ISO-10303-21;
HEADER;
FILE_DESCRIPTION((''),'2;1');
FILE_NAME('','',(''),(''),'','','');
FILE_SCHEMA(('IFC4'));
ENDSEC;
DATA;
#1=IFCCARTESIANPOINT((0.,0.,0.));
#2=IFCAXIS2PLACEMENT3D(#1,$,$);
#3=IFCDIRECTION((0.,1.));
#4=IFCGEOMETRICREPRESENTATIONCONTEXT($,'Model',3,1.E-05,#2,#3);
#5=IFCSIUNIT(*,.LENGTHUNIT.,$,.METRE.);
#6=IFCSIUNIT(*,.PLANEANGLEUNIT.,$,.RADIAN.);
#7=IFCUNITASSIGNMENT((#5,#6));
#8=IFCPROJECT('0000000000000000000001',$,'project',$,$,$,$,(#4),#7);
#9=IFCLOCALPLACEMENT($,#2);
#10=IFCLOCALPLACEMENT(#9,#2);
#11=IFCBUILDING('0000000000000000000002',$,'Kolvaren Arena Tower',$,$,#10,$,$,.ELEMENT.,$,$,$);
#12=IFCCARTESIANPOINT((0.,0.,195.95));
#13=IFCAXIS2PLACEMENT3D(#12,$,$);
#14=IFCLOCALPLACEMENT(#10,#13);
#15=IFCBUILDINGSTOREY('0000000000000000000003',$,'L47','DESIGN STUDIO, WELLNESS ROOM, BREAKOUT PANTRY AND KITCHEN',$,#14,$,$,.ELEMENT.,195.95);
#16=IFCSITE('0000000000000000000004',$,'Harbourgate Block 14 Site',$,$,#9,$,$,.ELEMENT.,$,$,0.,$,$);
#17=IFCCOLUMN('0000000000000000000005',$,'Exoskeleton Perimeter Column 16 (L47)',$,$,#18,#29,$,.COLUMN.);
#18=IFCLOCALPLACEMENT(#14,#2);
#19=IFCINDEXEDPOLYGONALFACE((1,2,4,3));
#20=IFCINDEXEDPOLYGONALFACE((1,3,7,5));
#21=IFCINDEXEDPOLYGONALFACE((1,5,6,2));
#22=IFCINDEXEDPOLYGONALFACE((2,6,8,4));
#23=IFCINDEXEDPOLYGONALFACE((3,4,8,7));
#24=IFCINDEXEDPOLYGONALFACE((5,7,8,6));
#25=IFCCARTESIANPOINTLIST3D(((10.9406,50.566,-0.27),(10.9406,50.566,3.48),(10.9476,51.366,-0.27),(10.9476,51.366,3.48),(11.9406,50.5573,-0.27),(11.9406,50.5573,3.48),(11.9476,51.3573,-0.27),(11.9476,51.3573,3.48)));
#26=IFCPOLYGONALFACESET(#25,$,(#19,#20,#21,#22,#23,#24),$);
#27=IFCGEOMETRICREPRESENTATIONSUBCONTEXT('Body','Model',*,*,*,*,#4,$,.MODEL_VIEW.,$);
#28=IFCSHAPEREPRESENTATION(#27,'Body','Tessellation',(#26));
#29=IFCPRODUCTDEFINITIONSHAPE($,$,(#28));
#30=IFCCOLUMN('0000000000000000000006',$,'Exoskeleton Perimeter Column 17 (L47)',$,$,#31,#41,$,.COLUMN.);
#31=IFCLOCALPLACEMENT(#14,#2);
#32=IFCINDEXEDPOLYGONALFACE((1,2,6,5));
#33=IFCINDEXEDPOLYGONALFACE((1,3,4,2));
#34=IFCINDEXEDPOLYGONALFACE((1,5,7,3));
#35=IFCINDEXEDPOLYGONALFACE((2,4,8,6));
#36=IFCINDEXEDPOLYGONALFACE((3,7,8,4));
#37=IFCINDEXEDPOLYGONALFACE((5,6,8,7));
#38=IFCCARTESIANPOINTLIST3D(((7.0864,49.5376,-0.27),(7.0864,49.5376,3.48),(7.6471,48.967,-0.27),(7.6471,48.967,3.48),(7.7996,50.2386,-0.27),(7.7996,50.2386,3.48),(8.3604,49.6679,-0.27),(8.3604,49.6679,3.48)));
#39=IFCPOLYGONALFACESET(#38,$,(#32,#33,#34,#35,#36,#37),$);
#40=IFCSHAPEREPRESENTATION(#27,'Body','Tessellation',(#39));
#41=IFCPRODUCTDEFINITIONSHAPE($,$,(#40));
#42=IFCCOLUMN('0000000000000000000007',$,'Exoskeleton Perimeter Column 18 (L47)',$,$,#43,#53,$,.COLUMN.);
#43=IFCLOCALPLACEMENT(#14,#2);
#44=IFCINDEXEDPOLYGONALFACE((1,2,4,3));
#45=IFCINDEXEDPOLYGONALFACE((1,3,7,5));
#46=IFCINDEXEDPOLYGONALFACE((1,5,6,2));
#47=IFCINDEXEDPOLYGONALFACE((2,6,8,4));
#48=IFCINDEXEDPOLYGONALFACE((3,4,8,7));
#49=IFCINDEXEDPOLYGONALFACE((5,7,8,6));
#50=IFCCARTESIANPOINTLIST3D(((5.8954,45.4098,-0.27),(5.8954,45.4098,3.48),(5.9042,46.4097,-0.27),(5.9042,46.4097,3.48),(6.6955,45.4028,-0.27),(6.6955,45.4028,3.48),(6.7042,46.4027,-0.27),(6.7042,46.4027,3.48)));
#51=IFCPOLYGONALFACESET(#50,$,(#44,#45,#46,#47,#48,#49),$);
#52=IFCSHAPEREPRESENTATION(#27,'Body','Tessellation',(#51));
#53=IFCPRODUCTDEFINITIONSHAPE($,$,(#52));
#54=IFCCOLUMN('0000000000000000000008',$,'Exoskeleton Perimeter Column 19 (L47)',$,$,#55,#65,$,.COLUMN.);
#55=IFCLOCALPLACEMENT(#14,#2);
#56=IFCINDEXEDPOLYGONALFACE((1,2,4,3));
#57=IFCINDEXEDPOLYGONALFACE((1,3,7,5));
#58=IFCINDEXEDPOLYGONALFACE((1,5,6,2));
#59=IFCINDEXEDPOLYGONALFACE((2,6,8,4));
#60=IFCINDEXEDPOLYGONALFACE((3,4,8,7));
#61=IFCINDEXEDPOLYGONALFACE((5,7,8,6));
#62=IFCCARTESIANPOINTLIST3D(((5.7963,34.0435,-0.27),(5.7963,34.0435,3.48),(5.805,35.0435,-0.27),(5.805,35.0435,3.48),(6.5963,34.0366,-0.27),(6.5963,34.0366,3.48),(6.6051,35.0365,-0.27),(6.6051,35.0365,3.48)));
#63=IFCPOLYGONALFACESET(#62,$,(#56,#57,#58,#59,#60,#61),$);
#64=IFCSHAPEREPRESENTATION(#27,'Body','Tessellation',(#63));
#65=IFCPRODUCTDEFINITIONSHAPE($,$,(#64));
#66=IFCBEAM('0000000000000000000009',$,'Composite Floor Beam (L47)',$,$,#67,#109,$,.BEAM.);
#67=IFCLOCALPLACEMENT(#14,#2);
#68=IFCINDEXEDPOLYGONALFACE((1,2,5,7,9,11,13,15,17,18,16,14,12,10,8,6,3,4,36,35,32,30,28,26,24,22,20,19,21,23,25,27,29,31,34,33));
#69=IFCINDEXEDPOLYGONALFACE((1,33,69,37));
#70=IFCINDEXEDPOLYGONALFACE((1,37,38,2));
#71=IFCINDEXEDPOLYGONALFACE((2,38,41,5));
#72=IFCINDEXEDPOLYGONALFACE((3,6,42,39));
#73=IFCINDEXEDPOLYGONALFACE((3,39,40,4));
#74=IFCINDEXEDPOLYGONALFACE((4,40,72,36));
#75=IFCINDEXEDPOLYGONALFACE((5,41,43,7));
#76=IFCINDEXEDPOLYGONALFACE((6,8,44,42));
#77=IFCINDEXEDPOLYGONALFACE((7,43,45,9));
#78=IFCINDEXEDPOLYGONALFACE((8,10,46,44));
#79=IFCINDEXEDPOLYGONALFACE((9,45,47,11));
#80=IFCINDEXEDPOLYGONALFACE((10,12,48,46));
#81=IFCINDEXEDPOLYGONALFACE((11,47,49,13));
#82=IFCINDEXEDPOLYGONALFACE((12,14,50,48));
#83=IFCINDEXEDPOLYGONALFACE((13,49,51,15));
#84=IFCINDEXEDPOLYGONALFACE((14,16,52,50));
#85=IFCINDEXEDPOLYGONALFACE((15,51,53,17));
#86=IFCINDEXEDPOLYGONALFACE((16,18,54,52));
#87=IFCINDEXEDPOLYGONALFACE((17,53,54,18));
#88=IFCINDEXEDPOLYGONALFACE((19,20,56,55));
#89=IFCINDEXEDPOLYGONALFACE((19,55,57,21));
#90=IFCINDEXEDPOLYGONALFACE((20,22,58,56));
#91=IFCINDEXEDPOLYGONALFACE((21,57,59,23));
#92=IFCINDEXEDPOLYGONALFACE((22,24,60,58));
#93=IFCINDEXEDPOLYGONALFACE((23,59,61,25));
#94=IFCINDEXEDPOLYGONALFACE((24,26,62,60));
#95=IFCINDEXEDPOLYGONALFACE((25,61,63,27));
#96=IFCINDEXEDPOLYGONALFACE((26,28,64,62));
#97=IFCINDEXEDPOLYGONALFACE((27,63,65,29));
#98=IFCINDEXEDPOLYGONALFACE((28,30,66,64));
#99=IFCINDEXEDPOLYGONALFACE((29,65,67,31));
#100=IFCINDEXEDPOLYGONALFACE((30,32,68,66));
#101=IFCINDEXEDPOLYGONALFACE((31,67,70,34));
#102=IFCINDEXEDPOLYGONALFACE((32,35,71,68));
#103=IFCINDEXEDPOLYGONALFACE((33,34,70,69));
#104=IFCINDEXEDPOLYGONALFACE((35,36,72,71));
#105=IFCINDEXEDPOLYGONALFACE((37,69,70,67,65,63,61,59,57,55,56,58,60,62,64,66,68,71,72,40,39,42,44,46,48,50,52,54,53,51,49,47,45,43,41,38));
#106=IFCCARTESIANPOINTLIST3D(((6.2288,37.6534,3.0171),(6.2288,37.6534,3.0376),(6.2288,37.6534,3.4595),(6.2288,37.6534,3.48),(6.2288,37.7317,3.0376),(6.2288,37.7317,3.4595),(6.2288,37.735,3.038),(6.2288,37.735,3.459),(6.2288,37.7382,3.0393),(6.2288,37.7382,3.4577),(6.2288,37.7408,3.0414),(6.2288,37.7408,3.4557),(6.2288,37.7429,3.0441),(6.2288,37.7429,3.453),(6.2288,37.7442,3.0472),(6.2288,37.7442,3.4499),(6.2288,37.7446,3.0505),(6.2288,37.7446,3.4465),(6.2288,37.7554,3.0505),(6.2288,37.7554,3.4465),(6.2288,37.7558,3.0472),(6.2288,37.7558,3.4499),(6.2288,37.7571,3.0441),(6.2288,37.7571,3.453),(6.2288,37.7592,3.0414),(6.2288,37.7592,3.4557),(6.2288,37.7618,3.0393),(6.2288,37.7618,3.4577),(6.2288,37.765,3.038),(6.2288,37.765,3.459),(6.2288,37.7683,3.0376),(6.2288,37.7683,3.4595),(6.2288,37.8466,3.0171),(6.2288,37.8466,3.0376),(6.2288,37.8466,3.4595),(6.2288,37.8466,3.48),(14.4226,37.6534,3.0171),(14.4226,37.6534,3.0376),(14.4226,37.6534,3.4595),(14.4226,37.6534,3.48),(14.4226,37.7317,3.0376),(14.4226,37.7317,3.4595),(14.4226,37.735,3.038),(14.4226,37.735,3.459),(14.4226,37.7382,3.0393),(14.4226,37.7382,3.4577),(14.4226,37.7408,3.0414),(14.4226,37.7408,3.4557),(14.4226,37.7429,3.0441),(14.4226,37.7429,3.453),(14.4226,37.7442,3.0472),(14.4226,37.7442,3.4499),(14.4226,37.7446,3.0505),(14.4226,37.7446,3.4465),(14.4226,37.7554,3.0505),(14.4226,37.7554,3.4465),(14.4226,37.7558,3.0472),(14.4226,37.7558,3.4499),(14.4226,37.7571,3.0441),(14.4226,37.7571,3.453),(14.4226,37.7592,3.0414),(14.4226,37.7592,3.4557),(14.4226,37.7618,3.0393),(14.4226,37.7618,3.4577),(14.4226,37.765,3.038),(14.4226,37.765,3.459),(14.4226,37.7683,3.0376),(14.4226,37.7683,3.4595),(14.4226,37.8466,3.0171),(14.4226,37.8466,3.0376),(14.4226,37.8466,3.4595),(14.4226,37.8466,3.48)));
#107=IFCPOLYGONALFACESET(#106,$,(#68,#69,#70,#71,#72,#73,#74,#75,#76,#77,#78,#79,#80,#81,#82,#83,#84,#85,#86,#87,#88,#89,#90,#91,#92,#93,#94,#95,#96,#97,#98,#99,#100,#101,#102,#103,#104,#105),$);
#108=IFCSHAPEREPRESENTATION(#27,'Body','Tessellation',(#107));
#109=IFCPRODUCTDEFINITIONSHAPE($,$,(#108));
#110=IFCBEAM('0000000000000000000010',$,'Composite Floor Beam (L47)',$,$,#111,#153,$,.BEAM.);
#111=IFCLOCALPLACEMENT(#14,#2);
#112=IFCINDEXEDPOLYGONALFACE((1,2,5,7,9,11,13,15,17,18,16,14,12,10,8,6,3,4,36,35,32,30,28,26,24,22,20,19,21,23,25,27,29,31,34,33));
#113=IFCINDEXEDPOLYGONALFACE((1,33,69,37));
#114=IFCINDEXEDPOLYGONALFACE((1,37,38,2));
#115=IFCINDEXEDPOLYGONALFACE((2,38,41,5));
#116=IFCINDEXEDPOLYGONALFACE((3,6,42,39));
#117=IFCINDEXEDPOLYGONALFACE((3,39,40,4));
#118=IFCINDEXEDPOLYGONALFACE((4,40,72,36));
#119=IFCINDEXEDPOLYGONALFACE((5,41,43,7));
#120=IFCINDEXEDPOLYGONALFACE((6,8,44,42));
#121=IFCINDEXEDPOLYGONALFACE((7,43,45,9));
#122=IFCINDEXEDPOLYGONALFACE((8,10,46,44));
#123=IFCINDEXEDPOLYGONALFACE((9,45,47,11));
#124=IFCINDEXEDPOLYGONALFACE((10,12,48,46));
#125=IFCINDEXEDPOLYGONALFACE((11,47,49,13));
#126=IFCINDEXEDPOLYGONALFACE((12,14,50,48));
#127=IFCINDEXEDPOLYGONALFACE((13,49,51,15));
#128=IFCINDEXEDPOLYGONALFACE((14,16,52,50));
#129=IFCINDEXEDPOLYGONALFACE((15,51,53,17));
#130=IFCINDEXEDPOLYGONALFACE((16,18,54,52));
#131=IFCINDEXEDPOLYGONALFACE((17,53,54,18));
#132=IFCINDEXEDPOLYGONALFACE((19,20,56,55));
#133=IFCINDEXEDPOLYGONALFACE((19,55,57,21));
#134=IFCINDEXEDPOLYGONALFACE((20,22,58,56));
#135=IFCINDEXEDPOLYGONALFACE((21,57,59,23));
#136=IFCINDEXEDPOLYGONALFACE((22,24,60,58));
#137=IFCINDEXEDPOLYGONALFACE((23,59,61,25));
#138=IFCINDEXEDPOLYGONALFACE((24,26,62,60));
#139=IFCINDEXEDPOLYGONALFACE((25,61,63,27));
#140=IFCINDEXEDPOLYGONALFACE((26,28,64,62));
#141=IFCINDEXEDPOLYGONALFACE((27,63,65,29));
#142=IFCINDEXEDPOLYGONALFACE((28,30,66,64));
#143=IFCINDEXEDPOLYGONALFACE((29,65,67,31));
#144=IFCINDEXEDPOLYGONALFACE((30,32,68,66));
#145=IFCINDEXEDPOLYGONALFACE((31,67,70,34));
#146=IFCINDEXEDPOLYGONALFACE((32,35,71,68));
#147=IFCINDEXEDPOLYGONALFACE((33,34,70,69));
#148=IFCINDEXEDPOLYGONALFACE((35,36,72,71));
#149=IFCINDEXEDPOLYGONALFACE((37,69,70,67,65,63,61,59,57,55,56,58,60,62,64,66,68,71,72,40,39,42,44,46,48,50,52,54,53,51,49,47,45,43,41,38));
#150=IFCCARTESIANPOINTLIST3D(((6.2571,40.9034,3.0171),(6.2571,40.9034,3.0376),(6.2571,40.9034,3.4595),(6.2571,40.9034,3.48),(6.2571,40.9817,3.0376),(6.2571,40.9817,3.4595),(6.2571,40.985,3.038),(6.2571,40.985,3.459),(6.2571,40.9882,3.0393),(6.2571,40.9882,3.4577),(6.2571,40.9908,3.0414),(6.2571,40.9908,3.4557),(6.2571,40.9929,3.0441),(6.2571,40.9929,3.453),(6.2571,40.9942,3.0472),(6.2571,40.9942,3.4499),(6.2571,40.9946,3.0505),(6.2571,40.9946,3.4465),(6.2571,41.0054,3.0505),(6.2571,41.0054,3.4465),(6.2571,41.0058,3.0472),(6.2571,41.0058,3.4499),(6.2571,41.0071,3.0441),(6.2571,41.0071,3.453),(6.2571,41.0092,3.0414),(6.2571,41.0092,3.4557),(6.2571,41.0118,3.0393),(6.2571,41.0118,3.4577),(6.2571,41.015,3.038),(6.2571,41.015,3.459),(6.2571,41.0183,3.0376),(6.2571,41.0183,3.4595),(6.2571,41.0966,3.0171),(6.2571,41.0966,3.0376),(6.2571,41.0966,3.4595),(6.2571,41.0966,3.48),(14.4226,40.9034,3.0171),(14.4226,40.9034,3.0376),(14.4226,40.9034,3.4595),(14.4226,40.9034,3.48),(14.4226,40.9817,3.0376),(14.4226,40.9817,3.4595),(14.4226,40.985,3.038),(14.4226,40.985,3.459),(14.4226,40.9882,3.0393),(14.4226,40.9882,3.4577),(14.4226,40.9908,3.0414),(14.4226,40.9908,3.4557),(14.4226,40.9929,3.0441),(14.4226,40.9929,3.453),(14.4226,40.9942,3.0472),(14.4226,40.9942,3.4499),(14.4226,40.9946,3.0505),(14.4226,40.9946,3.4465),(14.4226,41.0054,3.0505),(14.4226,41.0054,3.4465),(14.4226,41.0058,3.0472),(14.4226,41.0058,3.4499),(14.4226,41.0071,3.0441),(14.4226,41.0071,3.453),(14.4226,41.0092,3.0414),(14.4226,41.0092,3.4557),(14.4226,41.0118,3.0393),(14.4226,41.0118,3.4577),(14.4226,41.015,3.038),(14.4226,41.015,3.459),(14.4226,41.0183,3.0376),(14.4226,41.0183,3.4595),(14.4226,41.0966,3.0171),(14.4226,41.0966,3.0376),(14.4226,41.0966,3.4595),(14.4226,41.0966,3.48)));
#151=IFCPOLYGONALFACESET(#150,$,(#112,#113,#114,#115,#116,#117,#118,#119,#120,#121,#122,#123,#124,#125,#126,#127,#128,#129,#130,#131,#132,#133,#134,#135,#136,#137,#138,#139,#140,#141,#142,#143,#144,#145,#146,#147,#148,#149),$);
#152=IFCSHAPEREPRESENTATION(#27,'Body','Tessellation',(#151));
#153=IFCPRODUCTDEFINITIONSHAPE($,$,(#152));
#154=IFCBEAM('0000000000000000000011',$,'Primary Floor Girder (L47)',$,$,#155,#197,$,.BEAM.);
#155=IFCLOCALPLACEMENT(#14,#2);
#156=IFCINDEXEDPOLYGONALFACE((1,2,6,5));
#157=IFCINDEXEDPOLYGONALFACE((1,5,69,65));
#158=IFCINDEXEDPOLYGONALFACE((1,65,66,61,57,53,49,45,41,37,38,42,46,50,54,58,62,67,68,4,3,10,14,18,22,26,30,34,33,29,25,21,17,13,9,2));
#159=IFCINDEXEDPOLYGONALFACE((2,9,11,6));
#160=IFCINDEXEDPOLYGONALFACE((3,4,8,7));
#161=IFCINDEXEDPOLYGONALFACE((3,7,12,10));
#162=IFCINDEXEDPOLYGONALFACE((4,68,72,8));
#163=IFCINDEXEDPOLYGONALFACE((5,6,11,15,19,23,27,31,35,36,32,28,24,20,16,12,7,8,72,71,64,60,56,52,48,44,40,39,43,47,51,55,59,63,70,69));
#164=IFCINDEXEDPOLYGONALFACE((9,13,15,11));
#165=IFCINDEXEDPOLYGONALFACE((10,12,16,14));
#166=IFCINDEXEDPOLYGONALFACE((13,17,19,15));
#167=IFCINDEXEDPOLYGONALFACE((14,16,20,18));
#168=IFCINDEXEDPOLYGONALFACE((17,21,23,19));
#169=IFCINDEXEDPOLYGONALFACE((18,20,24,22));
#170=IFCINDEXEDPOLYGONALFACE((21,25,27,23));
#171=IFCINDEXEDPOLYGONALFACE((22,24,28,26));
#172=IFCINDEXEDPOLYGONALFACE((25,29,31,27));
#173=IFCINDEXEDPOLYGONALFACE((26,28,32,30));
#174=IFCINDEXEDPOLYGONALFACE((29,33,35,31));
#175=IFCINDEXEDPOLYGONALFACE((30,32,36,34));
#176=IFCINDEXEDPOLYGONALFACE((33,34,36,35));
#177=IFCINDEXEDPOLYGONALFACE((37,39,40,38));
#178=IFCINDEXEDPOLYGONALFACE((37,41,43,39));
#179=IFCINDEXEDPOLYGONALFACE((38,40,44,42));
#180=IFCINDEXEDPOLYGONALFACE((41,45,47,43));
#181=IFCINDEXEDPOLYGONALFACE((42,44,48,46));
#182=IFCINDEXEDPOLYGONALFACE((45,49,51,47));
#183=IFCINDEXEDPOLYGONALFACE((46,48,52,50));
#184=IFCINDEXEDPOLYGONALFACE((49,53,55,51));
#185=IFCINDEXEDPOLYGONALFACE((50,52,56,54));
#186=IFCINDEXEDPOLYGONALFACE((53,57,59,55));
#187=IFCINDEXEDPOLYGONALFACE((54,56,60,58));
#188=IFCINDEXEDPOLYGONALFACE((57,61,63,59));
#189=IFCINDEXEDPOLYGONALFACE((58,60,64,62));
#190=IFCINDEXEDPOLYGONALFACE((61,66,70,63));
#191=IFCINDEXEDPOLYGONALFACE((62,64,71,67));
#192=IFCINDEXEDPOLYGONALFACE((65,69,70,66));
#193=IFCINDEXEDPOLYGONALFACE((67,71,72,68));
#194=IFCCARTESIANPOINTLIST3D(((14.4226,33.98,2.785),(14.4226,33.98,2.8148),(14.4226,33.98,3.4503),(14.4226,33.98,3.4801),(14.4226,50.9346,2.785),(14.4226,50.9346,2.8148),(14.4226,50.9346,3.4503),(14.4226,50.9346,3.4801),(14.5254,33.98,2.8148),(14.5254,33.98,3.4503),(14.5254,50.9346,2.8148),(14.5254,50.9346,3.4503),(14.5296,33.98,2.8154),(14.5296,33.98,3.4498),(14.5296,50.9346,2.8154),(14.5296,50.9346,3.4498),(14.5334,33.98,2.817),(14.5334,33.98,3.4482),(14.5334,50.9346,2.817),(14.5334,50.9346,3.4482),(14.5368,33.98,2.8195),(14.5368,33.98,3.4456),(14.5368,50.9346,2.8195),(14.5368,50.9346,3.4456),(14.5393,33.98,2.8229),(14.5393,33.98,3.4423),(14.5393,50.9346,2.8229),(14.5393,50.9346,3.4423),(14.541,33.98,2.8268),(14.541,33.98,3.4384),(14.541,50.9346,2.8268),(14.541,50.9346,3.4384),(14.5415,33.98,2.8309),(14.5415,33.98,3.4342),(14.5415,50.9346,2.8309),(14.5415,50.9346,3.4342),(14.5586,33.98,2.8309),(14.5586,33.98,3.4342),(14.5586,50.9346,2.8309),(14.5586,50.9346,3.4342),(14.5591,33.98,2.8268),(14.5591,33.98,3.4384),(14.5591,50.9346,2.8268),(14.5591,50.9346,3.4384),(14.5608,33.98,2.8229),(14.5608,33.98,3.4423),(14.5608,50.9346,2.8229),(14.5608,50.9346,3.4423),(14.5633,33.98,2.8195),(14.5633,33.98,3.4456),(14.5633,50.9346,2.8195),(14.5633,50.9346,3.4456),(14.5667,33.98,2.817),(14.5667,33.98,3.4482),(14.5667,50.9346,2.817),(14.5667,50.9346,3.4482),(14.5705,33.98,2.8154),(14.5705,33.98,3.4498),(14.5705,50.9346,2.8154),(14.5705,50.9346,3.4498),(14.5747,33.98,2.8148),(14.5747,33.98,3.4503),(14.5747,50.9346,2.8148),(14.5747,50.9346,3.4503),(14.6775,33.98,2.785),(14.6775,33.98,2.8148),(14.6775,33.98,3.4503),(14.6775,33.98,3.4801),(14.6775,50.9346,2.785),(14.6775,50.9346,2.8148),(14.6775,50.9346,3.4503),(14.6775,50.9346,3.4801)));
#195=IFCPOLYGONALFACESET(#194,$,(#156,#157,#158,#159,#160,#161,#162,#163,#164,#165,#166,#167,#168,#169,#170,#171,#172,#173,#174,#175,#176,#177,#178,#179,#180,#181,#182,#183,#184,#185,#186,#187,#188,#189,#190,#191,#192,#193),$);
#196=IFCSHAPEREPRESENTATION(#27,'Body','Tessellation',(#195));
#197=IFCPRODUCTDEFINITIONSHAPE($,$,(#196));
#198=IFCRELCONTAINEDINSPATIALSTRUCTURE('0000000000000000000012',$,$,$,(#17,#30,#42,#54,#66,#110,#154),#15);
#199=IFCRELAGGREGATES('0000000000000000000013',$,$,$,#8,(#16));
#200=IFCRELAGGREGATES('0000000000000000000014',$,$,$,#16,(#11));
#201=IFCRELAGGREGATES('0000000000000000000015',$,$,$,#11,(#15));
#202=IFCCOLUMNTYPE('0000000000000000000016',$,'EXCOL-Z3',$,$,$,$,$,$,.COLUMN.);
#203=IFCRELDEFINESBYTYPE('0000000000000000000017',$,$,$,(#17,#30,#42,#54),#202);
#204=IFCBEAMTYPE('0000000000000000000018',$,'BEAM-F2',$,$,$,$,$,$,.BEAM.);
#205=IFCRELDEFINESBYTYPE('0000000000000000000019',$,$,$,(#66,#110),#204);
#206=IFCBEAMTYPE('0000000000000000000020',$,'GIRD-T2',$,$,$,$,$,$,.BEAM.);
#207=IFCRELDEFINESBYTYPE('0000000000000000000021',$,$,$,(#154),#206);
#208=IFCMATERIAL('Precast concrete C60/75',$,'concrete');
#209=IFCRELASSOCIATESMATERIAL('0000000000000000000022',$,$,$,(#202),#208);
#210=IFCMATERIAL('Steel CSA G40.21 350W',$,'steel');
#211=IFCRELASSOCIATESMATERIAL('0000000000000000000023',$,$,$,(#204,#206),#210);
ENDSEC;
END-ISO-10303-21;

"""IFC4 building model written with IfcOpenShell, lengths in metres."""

from ifc_helpers import new_model, si_unit, direction, frame, origin, origin_2d, place, context, subcontext, project, spatial, rectangle, i_section, extrude, material, material_profile, profile_set, type_object, element, save


model = new_model("IFC4")

# Units and contexts
model_context = context("Model", 3, precision=1e-05, world=origin(), true_north=direction((0.0, 1.0)))
body_context = subcontext(model_context, "Body", "Model", "MODEL_VIEW")
ifc_project = project(units=[si_unit("LENGTHUNIT", "METRE"), si_unit("PLANEANGLEUNIT", "RADIAN")], contexts=[model_context])

# Site, building, storey
site_placement = place(None, origin())
site = spatial("IfcSite", under=ifc_project, at=site_placement, Name="Harbourgate Block 14 Site", CompositionType="ELEMENT", RefElevation=0.0)
building_placement = place(site_placement, origin())
building = spatial("IfcBuilding", under=site, at=building_placement, Name="Kolvaren Arena Tower", CompositionType="ELEMENT")
storey_placement = place(building_placement, frame((0.0, 0.0, 195.95)))
storey = spatial("IfcBuildingStorey", under=building, at=storey_placement, Name="L47", Description="DESIGN STUDIO, WELLNESS ROOM, BREAKOUT PANTRY AND KITCHEN", CompositionType="ELEMENT", Elevation=195.95)

# Columns
ifc_material_1 = material(Name="Precast concrete C60/75", Category="concrete")
ifc_material_profile_1 = material_profile(ifc_material_1, rectangle(XDim=1.0, YDim=0.8, at=origin_2d()), Name="RC-1000x800")
ifc_profile_set_1 = profile_set([ifc_material_profile_1], Name="Precast concrete C60/75")
column_type = type_object("IfcColumnType", Name="EXCOL-Z3", PredefinedType="COLUMN", material=ifc_profile_set_1)
for number, where, z_axis, x_axis, name in (
    (1, (11.4441, 50.9617, -0.27), (0.0, 0.0, 1.0), (0.999962, -0.008727, 0.0), "Exoskeleton Perimeter Column 16 (L47)"),
    (2, (7.7234, 49.6028, -0.27), (0.0, 0.0, 1.0), (0.71325, 0.700909, 0.0), "Exoskeleton Perimeter Column 17 (L47)"),
    (3, (6.2998, 45.9062, -0.27), (0.0, 0.0, 1.0), (0.008727, 0.999962, 0.0), "Exoskeleton Perimeter Column 18 (L47)"),
    (4, (6.2007, 34.54, -0.27), (0.0, 0.0, 1.0), (0.008727, 0.999962, 0.0), "Exoskeleton Perimeter Column 19 (L47)"),
):
    element("IfcColumn", number, at=place(storey_placement, frame(where, z_axis=z_axis, x_axis=x_axis)), inside=storey, type_object=column_type, Name=name, PredefinedType="COLUMN", context=body_context, shape_type="SweptSolid", body=[
        extrude(rectangle(XDim=1.0, YDim=0.8, at=origin_2d()), origin(), (0.0, 0.0, 1.0), 3.75),
    ])

# Beams
ifc_material_2 = material(Name="Steel CSA G40.21 350W", Category="steel")
ifc_material_profile_2 = material_profile(ifc_material_2, i_section(OverallWidth=0.1931, OverallDepth=0.4629, WebThickness=0.0107, FlangeThickness=0.0205, FilletRadius=0.0129, at=origin_2d()), Name="W460x113")
ifc_profile_set_2 = profile_set([ifc_material_profile_2], Name="Steel CSA G40.21 350W")
beam_type_1 = type_object("IfcBeamType", Name="BEAM-F2", PredefinedType="BEAM", material=ifc_profile_set_2)
beam_1_placement = place(storey_placement, frame((6.2288, 37.75, 3.2485), z_axis=(1.0, 0.0, 0.0), x_axis=(0.0, 1.0, 0.0)))
element("IfcBeam", 5, at=beam_1_placement, inside=storey, type_object=beam_type_1, Name="Composite Floor Beam (L47)", PredefinedType="BEAM", context=body_context, shape_type="SweptSolid", body=[
    extrude(i_section(OverallWidth=0.1931, OverallDepth=0.4629, WebThickness=0.0107, FlangeThickness=0.0205, FilletRadius=0.0129, at=origin_2d()), origin(), (0.0, 0.0, 1.0), 8.1938),
])
beam_2_placement = place(storey_placement, frame((6.2571, 41.0, 3.2485), z_axis=(1.0, 0.0, 0.0), x_axis=(0.0, 1.0, 0.0)))
element("IfcBeam", 6, at=beam_2_placement, inside=storey, type_object=beam_type_1, Name="Composite Floor Beam (L47)", PredefinedType="BEAM", context=body_context, shape_type="SweptSolid", body=[
    extrude(i_section(OverallWidth=0.1931, OverallDepth=0.4629, WebThickness=0.0107, FlangeThickness=0.0205, FilletRadius=0.0129, at=origin_2d()), origin(), (0.0, 0.0, 1.0), 8.1655),
])
ifc_material_profile_3 = material_profile(ifc_material_2, i_section(OverallWidth=0.2549, OverallDepth=0.6951, WebThickness=0.0171, FlangeThickness=0.0298, FilletRadius=0.0161, at=origin_2d()), Name="W690x217")
ifc_profile_set_3 = profile_set([ifc_material_profile_3], Name="Steel CSA G40.21 350W")
beam_type_2 = type_object("IfcBeamType", Name="GIRD-T2", PredefinedType="BEAM", material=ifc_profile_set_3)
beam_3_placement = place(storey_placement, frame((14.55, 33.98, 3.1326), z_axis=(0.0, 1.0, 0.0), x_axis=(-1.0, 0.0, 0.0)))
element("IfcBeam", 7, at=beam_3_placement, inside=storey, type_object=beam_type_2, Name="Primary Floor Girder (L47)", PredefinedType="BEAM", context=body_context, shape_type="SweptSolid", body=[
    extrude(i_section(OverallWidth=0.2549, OverallDepth=0.6951, WebThickness=0.0171, FlangeThickness=0.0298, FilletRadius=0.0161, at=origin_2d()), origin(), (0.0, 0.0, 1.0), 16.9546),
])

save(model, "model.ifc")
